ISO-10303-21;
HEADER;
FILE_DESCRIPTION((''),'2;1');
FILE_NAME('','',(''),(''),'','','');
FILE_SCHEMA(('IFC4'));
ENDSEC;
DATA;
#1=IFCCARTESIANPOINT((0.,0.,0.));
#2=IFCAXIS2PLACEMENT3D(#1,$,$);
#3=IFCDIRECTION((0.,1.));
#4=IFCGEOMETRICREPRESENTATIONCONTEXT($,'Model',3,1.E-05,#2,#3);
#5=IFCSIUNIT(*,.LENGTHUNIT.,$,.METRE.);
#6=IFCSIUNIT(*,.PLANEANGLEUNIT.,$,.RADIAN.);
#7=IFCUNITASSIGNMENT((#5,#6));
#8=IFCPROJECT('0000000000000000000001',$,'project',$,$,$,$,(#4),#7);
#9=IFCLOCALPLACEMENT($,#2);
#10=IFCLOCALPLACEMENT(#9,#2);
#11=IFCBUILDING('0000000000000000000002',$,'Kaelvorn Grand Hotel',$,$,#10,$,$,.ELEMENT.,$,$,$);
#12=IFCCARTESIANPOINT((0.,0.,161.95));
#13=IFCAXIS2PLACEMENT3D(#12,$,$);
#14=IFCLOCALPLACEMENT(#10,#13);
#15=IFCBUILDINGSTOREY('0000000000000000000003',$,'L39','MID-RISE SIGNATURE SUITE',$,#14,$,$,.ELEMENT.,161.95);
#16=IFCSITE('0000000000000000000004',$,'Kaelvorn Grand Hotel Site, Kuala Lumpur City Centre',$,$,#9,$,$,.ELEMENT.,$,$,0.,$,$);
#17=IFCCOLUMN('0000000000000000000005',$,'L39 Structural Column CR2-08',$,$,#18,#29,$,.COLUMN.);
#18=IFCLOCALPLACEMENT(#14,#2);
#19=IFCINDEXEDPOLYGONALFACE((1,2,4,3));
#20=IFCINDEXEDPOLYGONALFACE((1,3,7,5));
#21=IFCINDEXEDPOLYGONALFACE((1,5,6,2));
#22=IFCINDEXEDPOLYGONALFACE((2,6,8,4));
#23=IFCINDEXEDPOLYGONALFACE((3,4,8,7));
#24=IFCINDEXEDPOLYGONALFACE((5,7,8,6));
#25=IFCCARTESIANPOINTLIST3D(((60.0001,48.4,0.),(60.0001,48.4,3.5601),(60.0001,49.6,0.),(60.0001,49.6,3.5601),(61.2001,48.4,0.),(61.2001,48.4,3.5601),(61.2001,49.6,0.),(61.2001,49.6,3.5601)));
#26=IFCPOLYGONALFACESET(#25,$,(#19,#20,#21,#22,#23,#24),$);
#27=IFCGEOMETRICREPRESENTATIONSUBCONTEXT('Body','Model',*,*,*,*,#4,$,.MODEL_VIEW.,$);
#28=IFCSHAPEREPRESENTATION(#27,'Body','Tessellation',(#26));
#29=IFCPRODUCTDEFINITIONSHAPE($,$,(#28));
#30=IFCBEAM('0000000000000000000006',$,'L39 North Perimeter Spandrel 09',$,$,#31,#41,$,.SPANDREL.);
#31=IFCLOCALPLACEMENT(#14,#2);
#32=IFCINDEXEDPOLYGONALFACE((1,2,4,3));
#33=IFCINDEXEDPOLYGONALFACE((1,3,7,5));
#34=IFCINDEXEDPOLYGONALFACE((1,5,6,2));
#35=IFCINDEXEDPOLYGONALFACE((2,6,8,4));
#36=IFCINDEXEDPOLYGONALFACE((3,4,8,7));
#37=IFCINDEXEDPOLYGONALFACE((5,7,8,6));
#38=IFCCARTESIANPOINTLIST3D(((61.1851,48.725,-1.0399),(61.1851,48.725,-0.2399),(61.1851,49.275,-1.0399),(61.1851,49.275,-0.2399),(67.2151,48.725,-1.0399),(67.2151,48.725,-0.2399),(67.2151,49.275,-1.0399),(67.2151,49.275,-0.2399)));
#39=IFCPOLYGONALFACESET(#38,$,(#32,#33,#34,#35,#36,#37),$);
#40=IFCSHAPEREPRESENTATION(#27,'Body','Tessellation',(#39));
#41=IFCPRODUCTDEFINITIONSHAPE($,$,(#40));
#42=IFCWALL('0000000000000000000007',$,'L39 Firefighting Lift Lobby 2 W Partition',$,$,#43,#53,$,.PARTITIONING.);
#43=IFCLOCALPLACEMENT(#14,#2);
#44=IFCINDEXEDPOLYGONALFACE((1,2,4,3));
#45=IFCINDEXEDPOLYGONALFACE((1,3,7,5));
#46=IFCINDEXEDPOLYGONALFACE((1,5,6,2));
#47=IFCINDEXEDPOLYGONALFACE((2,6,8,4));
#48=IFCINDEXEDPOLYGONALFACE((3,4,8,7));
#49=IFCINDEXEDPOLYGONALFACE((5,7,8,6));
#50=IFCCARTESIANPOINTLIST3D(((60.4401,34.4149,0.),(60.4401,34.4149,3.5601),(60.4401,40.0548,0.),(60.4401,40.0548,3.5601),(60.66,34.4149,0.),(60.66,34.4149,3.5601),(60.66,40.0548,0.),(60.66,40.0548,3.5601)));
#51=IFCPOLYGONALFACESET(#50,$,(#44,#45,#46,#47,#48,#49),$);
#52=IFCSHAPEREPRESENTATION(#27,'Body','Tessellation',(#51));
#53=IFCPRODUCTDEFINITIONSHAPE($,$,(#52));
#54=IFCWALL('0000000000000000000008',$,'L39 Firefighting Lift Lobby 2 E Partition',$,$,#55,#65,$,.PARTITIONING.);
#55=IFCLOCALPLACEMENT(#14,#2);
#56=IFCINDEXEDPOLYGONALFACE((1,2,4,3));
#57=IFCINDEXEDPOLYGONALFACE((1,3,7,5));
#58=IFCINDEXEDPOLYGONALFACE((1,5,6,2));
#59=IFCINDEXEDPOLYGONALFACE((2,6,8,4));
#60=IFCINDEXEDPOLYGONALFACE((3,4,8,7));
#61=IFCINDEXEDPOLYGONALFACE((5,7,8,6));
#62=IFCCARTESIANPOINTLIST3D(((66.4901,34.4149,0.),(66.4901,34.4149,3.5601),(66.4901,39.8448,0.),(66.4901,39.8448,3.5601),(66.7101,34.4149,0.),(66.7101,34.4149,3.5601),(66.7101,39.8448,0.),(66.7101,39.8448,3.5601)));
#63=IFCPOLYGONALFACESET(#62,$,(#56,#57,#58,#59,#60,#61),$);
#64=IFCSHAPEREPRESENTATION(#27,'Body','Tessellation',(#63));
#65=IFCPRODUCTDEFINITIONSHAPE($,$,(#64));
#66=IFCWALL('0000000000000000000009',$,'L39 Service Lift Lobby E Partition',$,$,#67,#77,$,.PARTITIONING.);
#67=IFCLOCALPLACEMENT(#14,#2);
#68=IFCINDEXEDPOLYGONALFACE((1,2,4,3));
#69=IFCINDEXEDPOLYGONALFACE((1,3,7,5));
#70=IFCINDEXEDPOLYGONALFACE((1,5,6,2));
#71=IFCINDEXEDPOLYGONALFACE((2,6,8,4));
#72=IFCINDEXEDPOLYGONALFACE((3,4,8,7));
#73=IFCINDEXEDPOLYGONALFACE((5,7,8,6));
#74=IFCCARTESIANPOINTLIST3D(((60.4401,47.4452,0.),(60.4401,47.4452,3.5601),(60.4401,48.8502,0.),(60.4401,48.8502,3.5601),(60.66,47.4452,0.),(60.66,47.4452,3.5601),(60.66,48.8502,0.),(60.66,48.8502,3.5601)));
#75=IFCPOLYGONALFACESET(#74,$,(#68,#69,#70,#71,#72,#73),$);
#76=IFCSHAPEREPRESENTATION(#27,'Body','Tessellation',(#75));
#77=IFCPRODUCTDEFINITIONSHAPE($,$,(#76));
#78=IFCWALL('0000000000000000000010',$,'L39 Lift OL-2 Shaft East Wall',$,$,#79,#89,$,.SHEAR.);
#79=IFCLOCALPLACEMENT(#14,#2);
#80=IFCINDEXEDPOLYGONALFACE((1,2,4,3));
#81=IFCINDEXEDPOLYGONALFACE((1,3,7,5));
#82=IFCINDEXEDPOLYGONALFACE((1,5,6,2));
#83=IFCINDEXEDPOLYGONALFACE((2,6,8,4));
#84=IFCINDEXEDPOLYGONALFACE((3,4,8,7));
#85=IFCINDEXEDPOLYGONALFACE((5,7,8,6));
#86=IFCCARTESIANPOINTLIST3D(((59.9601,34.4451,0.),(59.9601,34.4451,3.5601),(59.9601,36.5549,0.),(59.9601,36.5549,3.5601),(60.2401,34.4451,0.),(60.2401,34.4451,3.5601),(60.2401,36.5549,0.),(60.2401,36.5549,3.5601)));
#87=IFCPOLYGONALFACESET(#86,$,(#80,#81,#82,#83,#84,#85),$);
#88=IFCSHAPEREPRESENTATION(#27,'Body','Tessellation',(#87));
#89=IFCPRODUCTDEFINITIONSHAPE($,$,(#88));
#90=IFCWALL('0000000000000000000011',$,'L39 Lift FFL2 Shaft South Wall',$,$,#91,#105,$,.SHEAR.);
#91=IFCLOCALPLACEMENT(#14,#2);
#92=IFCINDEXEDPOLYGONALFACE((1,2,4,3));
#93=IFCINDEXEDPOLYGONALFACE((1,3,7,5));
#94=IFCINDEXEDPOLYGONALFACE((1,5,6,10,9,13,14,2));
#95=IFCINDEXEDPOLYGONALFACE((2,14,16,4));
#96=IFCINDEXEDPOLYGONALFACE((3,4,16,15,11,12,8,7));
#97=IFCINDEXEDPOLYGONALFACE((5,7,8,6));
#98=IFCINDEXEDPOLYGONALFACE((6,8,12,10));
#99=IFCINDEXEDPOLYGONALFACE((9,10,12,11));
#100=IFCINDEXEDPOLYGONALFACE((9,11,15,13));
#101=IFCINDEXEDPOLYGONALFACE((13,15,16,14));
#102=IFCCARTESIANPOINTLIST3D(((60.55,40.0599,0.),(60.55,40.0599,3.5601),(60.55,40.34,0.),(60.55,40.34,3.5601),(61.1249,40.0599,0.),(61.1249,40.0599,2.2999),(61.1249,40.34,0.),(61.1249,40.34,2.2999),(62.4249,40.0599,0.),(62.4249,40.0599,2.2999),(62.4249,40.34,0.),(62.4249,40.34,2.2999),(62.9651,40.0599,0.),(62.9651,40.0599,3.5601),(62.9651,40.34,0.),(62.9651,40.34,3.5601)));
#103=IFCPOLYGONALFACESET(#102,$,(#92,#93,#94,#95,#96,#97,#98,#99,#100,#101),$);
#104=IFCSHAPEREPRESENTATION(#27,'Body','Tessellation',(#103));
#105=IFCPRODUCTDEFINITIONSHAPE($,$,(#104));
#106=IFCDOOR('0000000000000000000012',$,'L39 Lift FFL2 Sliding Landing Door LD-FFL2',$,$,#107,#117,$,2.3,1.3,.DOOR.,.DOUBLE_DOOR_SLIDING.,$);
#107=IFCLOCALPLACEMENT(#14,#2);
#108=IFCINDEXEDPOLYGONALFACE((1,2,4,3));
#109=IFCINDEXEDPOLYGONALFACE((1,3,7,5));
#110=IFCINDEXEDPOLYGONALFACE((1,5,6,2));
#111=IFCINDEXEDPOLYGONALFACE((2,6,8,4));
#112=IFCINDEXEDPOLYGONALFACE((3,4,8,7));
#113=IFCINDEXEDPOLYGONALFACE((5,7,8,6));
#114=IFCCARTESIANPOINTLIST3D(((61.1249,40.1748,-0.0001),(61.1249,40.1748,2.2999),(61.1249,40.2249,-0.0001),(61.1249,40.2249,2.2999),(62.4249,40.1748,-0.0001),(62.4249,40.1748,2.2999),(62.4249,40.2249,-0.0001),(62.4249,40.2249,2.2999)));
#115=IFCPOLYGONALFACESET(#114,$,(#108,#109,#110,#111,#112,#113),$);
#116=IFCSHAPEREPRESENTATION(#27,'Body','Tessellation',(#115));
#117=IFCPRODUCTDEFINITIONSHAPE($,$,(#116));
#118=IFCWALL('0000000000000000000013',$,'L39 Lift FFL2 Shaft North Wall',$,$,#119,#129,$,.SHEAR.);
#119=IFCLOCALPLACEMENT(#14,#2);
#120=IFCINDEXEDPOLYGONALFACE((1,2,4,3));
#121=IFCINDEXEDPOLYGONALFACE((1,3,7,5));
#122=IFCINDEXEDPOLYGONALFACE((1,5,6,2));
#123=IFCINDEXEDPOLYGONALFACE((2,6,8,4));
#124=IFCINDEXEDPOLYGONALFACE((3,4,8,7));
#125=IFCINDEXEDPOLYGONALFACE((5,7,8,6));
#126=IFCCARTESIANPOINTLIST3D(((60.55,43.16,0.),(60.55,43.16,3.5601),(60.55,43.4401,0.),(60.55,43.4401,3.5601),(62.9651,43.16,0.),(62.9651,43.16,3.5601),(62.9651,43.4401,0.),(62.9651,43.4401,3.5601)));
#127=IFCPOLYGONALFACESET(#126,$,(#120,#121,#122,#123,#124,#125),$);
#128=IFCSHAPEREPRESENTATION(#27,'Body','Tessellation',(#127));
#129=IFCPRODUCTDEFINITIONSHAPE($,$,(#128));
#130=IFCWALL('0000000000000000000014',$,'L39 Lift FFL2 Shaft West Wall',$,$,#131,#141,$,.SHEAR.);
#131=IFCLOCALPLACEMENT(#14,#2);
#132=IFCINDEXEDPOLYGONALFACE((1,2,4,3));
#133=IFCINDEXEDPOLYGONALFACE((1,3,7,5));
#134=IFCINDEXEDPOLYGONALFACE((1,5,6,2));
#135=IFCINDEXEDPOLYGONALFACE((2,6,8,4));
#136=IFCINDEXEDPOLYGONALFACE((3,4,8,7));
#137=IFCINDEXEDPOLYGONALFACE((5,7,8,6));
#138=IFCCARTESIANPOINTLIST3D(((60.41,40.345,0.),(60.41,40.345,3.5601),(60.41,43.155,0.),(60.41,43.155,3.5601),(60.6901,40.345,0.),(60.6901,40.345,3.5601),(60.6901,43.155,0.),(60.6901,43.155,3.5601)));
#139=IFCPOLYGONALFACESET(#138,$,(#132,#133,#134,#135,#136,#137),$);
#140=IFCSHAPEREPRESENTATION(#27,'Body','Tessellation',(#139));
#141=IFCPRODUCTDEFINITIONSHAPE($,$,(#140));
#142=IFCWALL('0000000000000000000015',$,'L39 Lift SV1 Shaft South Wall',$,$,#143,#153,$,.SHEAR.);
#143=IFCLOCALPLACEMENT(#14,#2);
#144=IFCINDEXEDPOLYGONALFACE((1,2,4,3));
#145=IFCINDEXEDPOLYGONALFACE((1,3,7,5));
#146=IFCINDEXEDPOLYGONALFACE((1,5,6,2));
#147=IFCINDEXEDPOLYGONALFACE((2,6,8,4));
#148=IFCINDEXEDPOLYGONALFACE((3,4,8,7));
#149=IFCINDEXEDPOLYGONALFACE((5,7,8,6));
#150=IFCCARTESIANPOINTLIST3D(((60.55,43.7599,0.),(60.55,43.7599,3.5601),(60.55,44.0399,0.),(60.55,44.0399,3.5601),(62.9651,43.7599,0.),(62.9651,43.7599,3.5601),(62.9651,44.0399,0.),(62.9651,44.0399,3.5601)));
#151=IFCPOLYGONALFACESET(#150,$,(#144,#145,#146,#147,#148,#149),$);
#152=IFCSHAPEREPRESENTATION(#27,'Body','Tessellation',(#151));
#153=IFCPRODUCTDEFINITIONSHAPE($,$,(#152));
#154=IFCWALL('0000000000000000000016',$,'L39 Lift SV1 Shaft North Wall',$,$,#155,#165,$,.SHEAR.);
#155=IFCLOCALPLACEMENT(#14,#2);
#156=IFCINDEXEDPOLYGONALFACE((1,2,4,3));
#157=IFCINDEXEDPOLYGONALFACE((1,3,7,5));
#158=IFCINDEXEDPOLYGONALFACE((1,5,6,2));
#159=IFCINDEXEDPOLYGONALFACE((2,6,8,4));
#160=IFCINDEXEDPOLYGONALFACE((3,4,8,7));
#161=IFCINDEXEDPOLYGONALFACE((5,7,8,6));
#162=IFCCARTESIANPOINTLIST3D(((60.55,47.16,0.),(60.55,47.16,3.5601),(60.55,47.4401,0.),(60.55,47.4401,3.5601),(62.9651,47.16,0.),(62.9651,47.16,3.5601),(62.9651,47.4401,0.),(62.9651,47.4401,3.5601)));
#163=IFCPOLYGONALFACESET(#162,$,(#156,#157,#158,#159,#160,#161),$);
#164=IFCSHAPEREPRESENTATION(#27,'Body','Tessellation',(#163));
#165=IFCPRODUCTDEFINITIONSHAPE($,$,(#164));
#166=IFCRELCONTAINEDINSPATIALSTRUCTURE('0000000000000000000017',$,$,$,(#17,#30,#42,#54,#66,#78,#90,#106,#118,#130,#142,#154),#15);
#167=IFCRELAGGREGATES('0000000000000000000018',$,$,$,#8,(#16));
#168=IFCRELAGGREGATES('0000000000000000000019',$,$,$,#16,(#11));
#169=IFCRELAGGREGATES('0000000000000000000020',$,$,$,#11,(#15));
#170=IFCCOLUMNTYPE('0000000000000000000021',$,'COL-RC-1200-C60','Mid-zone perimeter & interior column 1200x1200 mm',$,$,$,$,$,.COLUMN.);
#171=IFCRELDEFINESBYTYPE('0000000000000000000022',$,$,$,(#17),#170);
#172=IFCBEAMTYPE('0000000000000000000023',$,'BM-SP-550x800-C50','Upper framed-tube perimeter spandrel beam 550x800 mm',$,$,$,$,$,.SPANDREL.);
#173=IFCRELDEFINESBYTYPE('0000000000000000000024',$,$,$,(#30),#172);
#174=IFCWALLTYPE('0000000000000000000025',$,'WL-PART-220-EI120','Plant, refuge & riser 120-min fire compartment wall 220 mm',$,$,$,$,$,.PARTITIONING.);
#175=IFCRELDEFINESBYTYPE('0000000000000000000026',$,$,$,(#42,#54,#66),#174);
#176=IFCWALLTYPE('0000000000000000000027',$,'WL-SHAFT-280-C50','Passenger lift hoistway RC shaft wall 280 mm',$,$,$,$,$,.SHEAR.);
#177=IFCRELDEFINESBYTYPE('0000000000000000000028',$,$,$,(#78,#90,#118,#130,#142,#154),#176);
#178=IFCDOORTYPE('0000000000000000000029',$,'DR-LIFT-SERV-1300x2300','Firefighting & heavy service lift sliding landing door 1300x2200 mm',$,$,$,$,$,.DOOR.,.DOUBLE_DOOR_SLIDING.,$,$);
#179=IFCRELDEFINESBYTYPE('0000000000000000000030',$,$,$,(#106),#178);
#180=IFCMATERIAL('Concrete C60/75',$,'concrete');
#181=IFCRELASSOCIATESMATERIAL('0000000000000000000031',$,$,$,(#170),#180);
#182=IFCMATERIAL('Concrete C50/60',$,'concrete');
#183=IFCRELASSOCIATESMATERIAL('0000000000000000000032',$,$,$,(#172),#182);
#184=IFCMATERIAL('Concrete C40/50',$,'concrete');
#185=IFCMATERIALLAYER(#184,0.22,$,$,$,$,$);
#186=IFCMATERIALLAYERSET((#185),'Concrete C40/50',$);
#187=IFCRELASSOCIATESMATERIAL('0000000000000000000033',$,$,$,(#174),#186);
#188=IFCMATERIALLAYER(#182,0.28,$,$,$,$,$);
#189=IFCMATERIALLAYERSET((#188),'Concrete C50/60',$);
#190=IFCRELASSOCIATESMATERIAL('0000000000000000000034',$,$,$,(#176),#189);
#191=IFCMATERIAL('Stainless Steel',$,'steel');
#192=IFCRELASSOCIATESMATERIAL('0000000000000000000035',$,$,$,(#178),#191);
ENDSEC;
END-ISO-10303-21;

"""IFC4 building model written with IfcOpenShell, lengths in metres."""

from ifc_helpers import new_model, si_unit, direction, frame, frame_2d, origin, origin_2d, place, context, subcontext, project, spatial, rectangle, extrude, material, layer, layer_set, material_profile, profile_set, type_object, element, fill, save


model = new_model("IFC4")

# Units and contexts
model_context = context("Model", 3, precision=1e-05, world=origin(), true_north=direction((0.0, 1.0)))
body_context = subcontext(model_context, "Body", "Model", "MODEL_VIEW")
ifc_project = project(units=[si_unit("LENGTHUNIT", "METRE"), si_unit("PLANEANGLEUNIT", "RADIAN")], contexts=[model_context])

# Site, building, storey
site_placement = place(None, origin())
site = spatial("IfcSite", under=ifc_project, at=site_placement, Name="Kaelvorn Grand Hotel Site, Kuala Lumpur City Centre", CompositionType="ELEMENT", RefElevation=0.0)
building_placement = place(site_placement, origin())
building = spatial("IfcBuilding", under=site, at=building_placement, Name="Kaelvorn Grand Hotel", CompositionType="ELEMENT")
storey_placement = place(building_placement, frame((0.0, 0.0, 161.95)))
storey = spatial("IfcBuildingStorey", under=building, at=storey_placement, Name="L39", Description="MID-RISE SIGNATURE SUITE", CompositionType="ELEMENT", Elevation=161.95)

# Column
ifc_material_1 = material(Name="Concrete C60/75", Category="concrete")
ifc_material_profile_1 = material_profile(ifc_material_1, rectangle(XDim=1.2, YDim=1.2, at=origin_2d()), Name="RC COL 1200x1200")
ifc_profile_set_1 = profile_set([ifc_material_profile_1], Name="Concrete C60/75")
column_type = type_object("IfcColumnType", Name="COL-RC-1200-C60", Description="Mid-zone perimeter & interior column 1200x1200 mm", PredefinedType="COLUMN", material=ifc_profile_set_1)
column_placement = place(storey_placement, frame((60.6001, 49.0, 0.0), z_axis=(0.0, 0.0, 1.0), x_axis=(1.0, 0.0, 0.0)))
element("IfcColumn", 1, at=column_placement, inside=storey, type_object=column_type, Name="L39 Structural Column CR2-08", PredefinedType="COLUMN", context=body_context, shape_type="SweptSolid", body=[
    extrude(rectangle(XDim=1.2, YDim=1.2, at=origin_2d()), origin(), (0.0, 0.0, 1.0), 3.5601),
])

# Beam
ifc_material_2 = material(Name="Concrete C50/60", Category="concrete")
ifc_material_profile_2 = material_profile(ifc_material_2, rectangle(XDim=0.55, YDim=0.8, at=origin_2d()), Name="RC SPANDREL 550x800")
ifc_profile_set_2 = profile_set([ifc_material_profile_2], Name="Concrete C50/60")
beam_type = type_object("IfcBeamType", Name="BM-SP-550x800-C50", Description="Upper framed-tube perimeter spandrel beam 550x800 mm", PredefinedType="SPANDREL", material=ifc_profile_set_2)
beam_placement = place(storey_placement, frame((61.1851, 49.0, -0.6399), z_axis=(1.0, 0.0, 0.0), x_axis=(0.0, 1.0, 0.0)))
element("IfcBeam", 2, at=beam_placement, inside=storey, type_object=beam_type, Name="L39 North Perimeter Spandrel 09", PredefinedType="SPANDREL", context=body_context, shape_type="SweptSolid", body=[
    extrude(rectangle(XDim=0.55, YDim=0.8, at=origin_2d()), origin(), (0.0, 0.0, 1.0), 6.03),
])

# Shared definitions
ifc_material_3 = material(Name="Concrete C40/50", Category="concrete")
ifc_layer_1 = layer(ifc_material_3, 0.22)
ifc_layer_set_1 = layer_set([ifc_layer_1], Name="Concrete C40/50")
wall_type_1 = type_object("IfcWallType", Name="WL-PART-220-EI120", Description="Plant, refuge & riser 120-min fire compartment wall 220 mm", PredefinedType="PARTITIONING", material=ifc_layer_set_1)

# Walls
wall_1_placement = place(storey_placement, frame((60.55, 34.415, 0.0), z_axis=(0.0, 0.0, 1.0), x_axis=(0.0, 1.0, 0.0)))
element("IfcWall", 3, at=wall_1_placement, inside=storey, type_object=wall_type_1, Name="L39 Firefighting Lift Lobby 2 W Partition", PredefinedType="PARTITIONING", context=body_context, shape_type="SweptSolid", body=[
    extrude(rectangle(XDim=5.6399, YDim=0.22, at=frame_2d((2.8198, 0.0))), origin(), (0.0, 0.0, 1.0), 3.5601),
])
wall_2_placement = place(storey_placement, frame((66.6001, 34.415, 0.0), z_axis=(0.0, 0.0, 1.0), x_axis=(0.0, 1.0, 0.0)))
element("IfcWall", 4, at=wall_2_placement, inside=storey, type_object=wall_type_1, Name="L39 Firefighting Lift Lobby 2 E Partition", PredefinedType="PARTITIONING", context=body_context, shape_type="SweptSolid", body=[
    extrude(rectangle(XDim=5.4299, YDim=0.22, at=frame_2d((2.7148, 0.0))), origin(), (0.0, 0.0, 1.0), 3.5601),
])
wall_3_placement = place(storey_placement, frame((60.55, 47.4451, 0.0), z_axis=(0.0, 0.0, 1.0), x_axis=(0.0, 1.0, 0.0)))
element("IfcWall", 5, at=wall_3_placement, inside=storey, type_object=wall_type_1, Name="L39 Service Lift Lobby E Partition", PredefinedType="PARTITIONING", context=body_context, shape_type="SweptSolid", body=[
    extrude(rectangle(XDim=1.405, YDim=0.22, at=frame_2d((0.7026, 0.0))), origin(), (0.0, 0.0, 1.0), 3.5601),
])
ifc_layer_2 = layer(ifc_material_2, 0.28)
ifc_layer_set_2 = layer_set([ifc_layer_2], Name="Concrete C50/60")
wall_type_2 = type_object("IfcWallType", Name="WL-SHAFT-280-C50", Description="Passenger lift hoistway RC shaft wall 280 mm", PredefinedType="SHEAR", material=ifc_layer_set_2)
wall_4_placement = place(storey_placement, frame((60.1001, 34.4451, 0.0), z_axis=(0.0, 0.0, 1.0), x_axis=(0.0, 1.0, 0.0)))
element("IfcWall", 6, at=wall_4_placement, inside=storey, type_object=wall_type_2, Name="L39 Lift OL-2 Shaft East Wall", PredefinedType="SHEAR", context=body_context, shape_type="SweptSolid", body=[
    extrude(rectangle(XDim=2.1099, YDim=0.28, at=frame_2d((1.0549, 0.0))), origin(), (0.0, 0.0, 1.0), 3.5601),
])

# Wall, opening, door
wall_5_placement = place(storey_placement, frame((60.55, 40.2, 0.0), z_axis=(0.0, 0.0, 1.0), x_axis=(1.0, 0.0, 0.0)))
wall_5 = element("IfcWall", 7, at=wall_5_placement, inside=storey, type_object=wall_type_2, Name="L39 Lift FFL2 Shaft South Wall", PredefinedType="SHEAR", context=body_context, shape_type="SweptSolid", body=[
    extrude(rectangle(XDim=2.415, YDim=0.28, at=frame_2d((1.2075, 0.0))), origin(), (0.0, 0.0, 1.0), 3.5601),
])
opening_1_placement = place(wall_5_placement, frame((0.575, 0.0, 0.0)))
opening_1 = element("IfcOpeningElement", 8, at=opening_1_placement, cuts=wall_5, PredefinedType="OPENING", context=body_context, shape_type="SweptSolid", body=[
    extrude(rectangle(XDim=1.3, YDim=2.3, at=frame_2d((0.6499, 1.1499))), frame((0.0, 0.1499, 0.0), z_axis=(0.0, -1.0, 0.0), x_axis=(1.0, 0.0, 0.0)), (0.0, 0.0, 1.0), 0.3),
])
ifc_material_4 = material(Name="Stainless Steel", Category="steel")
door_type_1 = type_object("IfcDoorType", Name="DR-LIFT-SERV-1300x2300", Description="Firefighting & heavy service lift sliding landing door 1300x2200 mm", OperationType="DOUBLE_DOOR_SLIDING", PredefinedType="DOOR", material=ifc_material_4)
door_1_placement = place(opening_1_placement, origin())
door_1 = element("IfcDoor", 9, at=door_1_placement, inside=storey, type_object=door_type_1, Name="L39 Lift FFL2 Sliding Landing Door LD-FFL2", OperationType="DOUBLE_DOOR_SLIDING", OverallHeight=2.3, OverallWidth=1.3, PredefinedType="DOOR", context=body_context, shape_type="SweptSolid", body=[
    extrude(rectangle(XDim=1.3, YDim=2.3, at=frame_2d((0.6499, 1.1499))), frame((0.0, 0.0249, 0.0), z_axis=(0.0, -1.0, 0.0), x_axis=(1.0, 0.0, 0.0)), (0.0, 0.0, 1.0), 0.05),
])
fill(opening_1, door_1)

# Walls
wall_6_placement = place(storey_placement, frame((60.55, 43.3, 0.0), z_axis=(0.0, 0.0, 1.0), x_axis=(1.0, 0.0, 0.0)))
element("IfcWall", 10, at=wall_6_placement, inside=storey, type_object=wall_type_2, Name="L39 Lift FFL2 Shaft North Wall", PredefinedType="SHEAR", context=body_context, shape_type="SweptSolid", body=[
    extrude(rectangle(XDim=2.415, YDim=0.28, at=frame_2d((1.2075, 0.0))), origin(), (0.0, 0.0, 1.0), 3.5601),
])
wall_7_placement = place(storey_placement, frame((60.55, 40.345, 0.0), z_axis=(0.0, 0.0, 1.0), x_axis=(0.0, 1.0, 0.0)))
element("IfcWall", 11, at=wall_7_placement, inside=storey, type_object=wall_type_2, Name="L39 Lift FFL2 Shaft West Wall", PredefinedType="SHEAR", context=body_context, shape_type="SweptSolid", body=[
    extrude(rectangle(XDim=2.8101, YDim=0.28, at=frame_2d((1.405, 0.0))), origin(), (0.0, 0.0, 1.0), 3.5601),
])
for number, where, z_axis, x_axis, name in (
    (12, (60.55, 43.8999, 0.0), (0.0, 0.0, 1.0), (1.0, 0.0, 0.0), "L39 Lift SV1 Shaft South Wall"),
    (13, (60.55, 47.3, 0.0), (0.0, 0.0, 1.0), (1.0, 0.0, 0.0), "L39 Lift SV1 Shaft North Wall"),
):
    element("IfcWall", number, at=place(storey_placement, frame(where, z_axis=z_axis, x_axis=x_axis)), inside=storey, type_object=wall_type_2, Name=name, PredefinedType="SHEAR", context=body_context, shape_type="SweptSolid", body=[
        extrude(rectangle(XDim=2.415, YDim=0.28, at=frame_2d((1.2075, 0.0))), origin(), (0.0, 0.0, 1.0), 3.5601),
    ])

save(model, "model.ifc")
